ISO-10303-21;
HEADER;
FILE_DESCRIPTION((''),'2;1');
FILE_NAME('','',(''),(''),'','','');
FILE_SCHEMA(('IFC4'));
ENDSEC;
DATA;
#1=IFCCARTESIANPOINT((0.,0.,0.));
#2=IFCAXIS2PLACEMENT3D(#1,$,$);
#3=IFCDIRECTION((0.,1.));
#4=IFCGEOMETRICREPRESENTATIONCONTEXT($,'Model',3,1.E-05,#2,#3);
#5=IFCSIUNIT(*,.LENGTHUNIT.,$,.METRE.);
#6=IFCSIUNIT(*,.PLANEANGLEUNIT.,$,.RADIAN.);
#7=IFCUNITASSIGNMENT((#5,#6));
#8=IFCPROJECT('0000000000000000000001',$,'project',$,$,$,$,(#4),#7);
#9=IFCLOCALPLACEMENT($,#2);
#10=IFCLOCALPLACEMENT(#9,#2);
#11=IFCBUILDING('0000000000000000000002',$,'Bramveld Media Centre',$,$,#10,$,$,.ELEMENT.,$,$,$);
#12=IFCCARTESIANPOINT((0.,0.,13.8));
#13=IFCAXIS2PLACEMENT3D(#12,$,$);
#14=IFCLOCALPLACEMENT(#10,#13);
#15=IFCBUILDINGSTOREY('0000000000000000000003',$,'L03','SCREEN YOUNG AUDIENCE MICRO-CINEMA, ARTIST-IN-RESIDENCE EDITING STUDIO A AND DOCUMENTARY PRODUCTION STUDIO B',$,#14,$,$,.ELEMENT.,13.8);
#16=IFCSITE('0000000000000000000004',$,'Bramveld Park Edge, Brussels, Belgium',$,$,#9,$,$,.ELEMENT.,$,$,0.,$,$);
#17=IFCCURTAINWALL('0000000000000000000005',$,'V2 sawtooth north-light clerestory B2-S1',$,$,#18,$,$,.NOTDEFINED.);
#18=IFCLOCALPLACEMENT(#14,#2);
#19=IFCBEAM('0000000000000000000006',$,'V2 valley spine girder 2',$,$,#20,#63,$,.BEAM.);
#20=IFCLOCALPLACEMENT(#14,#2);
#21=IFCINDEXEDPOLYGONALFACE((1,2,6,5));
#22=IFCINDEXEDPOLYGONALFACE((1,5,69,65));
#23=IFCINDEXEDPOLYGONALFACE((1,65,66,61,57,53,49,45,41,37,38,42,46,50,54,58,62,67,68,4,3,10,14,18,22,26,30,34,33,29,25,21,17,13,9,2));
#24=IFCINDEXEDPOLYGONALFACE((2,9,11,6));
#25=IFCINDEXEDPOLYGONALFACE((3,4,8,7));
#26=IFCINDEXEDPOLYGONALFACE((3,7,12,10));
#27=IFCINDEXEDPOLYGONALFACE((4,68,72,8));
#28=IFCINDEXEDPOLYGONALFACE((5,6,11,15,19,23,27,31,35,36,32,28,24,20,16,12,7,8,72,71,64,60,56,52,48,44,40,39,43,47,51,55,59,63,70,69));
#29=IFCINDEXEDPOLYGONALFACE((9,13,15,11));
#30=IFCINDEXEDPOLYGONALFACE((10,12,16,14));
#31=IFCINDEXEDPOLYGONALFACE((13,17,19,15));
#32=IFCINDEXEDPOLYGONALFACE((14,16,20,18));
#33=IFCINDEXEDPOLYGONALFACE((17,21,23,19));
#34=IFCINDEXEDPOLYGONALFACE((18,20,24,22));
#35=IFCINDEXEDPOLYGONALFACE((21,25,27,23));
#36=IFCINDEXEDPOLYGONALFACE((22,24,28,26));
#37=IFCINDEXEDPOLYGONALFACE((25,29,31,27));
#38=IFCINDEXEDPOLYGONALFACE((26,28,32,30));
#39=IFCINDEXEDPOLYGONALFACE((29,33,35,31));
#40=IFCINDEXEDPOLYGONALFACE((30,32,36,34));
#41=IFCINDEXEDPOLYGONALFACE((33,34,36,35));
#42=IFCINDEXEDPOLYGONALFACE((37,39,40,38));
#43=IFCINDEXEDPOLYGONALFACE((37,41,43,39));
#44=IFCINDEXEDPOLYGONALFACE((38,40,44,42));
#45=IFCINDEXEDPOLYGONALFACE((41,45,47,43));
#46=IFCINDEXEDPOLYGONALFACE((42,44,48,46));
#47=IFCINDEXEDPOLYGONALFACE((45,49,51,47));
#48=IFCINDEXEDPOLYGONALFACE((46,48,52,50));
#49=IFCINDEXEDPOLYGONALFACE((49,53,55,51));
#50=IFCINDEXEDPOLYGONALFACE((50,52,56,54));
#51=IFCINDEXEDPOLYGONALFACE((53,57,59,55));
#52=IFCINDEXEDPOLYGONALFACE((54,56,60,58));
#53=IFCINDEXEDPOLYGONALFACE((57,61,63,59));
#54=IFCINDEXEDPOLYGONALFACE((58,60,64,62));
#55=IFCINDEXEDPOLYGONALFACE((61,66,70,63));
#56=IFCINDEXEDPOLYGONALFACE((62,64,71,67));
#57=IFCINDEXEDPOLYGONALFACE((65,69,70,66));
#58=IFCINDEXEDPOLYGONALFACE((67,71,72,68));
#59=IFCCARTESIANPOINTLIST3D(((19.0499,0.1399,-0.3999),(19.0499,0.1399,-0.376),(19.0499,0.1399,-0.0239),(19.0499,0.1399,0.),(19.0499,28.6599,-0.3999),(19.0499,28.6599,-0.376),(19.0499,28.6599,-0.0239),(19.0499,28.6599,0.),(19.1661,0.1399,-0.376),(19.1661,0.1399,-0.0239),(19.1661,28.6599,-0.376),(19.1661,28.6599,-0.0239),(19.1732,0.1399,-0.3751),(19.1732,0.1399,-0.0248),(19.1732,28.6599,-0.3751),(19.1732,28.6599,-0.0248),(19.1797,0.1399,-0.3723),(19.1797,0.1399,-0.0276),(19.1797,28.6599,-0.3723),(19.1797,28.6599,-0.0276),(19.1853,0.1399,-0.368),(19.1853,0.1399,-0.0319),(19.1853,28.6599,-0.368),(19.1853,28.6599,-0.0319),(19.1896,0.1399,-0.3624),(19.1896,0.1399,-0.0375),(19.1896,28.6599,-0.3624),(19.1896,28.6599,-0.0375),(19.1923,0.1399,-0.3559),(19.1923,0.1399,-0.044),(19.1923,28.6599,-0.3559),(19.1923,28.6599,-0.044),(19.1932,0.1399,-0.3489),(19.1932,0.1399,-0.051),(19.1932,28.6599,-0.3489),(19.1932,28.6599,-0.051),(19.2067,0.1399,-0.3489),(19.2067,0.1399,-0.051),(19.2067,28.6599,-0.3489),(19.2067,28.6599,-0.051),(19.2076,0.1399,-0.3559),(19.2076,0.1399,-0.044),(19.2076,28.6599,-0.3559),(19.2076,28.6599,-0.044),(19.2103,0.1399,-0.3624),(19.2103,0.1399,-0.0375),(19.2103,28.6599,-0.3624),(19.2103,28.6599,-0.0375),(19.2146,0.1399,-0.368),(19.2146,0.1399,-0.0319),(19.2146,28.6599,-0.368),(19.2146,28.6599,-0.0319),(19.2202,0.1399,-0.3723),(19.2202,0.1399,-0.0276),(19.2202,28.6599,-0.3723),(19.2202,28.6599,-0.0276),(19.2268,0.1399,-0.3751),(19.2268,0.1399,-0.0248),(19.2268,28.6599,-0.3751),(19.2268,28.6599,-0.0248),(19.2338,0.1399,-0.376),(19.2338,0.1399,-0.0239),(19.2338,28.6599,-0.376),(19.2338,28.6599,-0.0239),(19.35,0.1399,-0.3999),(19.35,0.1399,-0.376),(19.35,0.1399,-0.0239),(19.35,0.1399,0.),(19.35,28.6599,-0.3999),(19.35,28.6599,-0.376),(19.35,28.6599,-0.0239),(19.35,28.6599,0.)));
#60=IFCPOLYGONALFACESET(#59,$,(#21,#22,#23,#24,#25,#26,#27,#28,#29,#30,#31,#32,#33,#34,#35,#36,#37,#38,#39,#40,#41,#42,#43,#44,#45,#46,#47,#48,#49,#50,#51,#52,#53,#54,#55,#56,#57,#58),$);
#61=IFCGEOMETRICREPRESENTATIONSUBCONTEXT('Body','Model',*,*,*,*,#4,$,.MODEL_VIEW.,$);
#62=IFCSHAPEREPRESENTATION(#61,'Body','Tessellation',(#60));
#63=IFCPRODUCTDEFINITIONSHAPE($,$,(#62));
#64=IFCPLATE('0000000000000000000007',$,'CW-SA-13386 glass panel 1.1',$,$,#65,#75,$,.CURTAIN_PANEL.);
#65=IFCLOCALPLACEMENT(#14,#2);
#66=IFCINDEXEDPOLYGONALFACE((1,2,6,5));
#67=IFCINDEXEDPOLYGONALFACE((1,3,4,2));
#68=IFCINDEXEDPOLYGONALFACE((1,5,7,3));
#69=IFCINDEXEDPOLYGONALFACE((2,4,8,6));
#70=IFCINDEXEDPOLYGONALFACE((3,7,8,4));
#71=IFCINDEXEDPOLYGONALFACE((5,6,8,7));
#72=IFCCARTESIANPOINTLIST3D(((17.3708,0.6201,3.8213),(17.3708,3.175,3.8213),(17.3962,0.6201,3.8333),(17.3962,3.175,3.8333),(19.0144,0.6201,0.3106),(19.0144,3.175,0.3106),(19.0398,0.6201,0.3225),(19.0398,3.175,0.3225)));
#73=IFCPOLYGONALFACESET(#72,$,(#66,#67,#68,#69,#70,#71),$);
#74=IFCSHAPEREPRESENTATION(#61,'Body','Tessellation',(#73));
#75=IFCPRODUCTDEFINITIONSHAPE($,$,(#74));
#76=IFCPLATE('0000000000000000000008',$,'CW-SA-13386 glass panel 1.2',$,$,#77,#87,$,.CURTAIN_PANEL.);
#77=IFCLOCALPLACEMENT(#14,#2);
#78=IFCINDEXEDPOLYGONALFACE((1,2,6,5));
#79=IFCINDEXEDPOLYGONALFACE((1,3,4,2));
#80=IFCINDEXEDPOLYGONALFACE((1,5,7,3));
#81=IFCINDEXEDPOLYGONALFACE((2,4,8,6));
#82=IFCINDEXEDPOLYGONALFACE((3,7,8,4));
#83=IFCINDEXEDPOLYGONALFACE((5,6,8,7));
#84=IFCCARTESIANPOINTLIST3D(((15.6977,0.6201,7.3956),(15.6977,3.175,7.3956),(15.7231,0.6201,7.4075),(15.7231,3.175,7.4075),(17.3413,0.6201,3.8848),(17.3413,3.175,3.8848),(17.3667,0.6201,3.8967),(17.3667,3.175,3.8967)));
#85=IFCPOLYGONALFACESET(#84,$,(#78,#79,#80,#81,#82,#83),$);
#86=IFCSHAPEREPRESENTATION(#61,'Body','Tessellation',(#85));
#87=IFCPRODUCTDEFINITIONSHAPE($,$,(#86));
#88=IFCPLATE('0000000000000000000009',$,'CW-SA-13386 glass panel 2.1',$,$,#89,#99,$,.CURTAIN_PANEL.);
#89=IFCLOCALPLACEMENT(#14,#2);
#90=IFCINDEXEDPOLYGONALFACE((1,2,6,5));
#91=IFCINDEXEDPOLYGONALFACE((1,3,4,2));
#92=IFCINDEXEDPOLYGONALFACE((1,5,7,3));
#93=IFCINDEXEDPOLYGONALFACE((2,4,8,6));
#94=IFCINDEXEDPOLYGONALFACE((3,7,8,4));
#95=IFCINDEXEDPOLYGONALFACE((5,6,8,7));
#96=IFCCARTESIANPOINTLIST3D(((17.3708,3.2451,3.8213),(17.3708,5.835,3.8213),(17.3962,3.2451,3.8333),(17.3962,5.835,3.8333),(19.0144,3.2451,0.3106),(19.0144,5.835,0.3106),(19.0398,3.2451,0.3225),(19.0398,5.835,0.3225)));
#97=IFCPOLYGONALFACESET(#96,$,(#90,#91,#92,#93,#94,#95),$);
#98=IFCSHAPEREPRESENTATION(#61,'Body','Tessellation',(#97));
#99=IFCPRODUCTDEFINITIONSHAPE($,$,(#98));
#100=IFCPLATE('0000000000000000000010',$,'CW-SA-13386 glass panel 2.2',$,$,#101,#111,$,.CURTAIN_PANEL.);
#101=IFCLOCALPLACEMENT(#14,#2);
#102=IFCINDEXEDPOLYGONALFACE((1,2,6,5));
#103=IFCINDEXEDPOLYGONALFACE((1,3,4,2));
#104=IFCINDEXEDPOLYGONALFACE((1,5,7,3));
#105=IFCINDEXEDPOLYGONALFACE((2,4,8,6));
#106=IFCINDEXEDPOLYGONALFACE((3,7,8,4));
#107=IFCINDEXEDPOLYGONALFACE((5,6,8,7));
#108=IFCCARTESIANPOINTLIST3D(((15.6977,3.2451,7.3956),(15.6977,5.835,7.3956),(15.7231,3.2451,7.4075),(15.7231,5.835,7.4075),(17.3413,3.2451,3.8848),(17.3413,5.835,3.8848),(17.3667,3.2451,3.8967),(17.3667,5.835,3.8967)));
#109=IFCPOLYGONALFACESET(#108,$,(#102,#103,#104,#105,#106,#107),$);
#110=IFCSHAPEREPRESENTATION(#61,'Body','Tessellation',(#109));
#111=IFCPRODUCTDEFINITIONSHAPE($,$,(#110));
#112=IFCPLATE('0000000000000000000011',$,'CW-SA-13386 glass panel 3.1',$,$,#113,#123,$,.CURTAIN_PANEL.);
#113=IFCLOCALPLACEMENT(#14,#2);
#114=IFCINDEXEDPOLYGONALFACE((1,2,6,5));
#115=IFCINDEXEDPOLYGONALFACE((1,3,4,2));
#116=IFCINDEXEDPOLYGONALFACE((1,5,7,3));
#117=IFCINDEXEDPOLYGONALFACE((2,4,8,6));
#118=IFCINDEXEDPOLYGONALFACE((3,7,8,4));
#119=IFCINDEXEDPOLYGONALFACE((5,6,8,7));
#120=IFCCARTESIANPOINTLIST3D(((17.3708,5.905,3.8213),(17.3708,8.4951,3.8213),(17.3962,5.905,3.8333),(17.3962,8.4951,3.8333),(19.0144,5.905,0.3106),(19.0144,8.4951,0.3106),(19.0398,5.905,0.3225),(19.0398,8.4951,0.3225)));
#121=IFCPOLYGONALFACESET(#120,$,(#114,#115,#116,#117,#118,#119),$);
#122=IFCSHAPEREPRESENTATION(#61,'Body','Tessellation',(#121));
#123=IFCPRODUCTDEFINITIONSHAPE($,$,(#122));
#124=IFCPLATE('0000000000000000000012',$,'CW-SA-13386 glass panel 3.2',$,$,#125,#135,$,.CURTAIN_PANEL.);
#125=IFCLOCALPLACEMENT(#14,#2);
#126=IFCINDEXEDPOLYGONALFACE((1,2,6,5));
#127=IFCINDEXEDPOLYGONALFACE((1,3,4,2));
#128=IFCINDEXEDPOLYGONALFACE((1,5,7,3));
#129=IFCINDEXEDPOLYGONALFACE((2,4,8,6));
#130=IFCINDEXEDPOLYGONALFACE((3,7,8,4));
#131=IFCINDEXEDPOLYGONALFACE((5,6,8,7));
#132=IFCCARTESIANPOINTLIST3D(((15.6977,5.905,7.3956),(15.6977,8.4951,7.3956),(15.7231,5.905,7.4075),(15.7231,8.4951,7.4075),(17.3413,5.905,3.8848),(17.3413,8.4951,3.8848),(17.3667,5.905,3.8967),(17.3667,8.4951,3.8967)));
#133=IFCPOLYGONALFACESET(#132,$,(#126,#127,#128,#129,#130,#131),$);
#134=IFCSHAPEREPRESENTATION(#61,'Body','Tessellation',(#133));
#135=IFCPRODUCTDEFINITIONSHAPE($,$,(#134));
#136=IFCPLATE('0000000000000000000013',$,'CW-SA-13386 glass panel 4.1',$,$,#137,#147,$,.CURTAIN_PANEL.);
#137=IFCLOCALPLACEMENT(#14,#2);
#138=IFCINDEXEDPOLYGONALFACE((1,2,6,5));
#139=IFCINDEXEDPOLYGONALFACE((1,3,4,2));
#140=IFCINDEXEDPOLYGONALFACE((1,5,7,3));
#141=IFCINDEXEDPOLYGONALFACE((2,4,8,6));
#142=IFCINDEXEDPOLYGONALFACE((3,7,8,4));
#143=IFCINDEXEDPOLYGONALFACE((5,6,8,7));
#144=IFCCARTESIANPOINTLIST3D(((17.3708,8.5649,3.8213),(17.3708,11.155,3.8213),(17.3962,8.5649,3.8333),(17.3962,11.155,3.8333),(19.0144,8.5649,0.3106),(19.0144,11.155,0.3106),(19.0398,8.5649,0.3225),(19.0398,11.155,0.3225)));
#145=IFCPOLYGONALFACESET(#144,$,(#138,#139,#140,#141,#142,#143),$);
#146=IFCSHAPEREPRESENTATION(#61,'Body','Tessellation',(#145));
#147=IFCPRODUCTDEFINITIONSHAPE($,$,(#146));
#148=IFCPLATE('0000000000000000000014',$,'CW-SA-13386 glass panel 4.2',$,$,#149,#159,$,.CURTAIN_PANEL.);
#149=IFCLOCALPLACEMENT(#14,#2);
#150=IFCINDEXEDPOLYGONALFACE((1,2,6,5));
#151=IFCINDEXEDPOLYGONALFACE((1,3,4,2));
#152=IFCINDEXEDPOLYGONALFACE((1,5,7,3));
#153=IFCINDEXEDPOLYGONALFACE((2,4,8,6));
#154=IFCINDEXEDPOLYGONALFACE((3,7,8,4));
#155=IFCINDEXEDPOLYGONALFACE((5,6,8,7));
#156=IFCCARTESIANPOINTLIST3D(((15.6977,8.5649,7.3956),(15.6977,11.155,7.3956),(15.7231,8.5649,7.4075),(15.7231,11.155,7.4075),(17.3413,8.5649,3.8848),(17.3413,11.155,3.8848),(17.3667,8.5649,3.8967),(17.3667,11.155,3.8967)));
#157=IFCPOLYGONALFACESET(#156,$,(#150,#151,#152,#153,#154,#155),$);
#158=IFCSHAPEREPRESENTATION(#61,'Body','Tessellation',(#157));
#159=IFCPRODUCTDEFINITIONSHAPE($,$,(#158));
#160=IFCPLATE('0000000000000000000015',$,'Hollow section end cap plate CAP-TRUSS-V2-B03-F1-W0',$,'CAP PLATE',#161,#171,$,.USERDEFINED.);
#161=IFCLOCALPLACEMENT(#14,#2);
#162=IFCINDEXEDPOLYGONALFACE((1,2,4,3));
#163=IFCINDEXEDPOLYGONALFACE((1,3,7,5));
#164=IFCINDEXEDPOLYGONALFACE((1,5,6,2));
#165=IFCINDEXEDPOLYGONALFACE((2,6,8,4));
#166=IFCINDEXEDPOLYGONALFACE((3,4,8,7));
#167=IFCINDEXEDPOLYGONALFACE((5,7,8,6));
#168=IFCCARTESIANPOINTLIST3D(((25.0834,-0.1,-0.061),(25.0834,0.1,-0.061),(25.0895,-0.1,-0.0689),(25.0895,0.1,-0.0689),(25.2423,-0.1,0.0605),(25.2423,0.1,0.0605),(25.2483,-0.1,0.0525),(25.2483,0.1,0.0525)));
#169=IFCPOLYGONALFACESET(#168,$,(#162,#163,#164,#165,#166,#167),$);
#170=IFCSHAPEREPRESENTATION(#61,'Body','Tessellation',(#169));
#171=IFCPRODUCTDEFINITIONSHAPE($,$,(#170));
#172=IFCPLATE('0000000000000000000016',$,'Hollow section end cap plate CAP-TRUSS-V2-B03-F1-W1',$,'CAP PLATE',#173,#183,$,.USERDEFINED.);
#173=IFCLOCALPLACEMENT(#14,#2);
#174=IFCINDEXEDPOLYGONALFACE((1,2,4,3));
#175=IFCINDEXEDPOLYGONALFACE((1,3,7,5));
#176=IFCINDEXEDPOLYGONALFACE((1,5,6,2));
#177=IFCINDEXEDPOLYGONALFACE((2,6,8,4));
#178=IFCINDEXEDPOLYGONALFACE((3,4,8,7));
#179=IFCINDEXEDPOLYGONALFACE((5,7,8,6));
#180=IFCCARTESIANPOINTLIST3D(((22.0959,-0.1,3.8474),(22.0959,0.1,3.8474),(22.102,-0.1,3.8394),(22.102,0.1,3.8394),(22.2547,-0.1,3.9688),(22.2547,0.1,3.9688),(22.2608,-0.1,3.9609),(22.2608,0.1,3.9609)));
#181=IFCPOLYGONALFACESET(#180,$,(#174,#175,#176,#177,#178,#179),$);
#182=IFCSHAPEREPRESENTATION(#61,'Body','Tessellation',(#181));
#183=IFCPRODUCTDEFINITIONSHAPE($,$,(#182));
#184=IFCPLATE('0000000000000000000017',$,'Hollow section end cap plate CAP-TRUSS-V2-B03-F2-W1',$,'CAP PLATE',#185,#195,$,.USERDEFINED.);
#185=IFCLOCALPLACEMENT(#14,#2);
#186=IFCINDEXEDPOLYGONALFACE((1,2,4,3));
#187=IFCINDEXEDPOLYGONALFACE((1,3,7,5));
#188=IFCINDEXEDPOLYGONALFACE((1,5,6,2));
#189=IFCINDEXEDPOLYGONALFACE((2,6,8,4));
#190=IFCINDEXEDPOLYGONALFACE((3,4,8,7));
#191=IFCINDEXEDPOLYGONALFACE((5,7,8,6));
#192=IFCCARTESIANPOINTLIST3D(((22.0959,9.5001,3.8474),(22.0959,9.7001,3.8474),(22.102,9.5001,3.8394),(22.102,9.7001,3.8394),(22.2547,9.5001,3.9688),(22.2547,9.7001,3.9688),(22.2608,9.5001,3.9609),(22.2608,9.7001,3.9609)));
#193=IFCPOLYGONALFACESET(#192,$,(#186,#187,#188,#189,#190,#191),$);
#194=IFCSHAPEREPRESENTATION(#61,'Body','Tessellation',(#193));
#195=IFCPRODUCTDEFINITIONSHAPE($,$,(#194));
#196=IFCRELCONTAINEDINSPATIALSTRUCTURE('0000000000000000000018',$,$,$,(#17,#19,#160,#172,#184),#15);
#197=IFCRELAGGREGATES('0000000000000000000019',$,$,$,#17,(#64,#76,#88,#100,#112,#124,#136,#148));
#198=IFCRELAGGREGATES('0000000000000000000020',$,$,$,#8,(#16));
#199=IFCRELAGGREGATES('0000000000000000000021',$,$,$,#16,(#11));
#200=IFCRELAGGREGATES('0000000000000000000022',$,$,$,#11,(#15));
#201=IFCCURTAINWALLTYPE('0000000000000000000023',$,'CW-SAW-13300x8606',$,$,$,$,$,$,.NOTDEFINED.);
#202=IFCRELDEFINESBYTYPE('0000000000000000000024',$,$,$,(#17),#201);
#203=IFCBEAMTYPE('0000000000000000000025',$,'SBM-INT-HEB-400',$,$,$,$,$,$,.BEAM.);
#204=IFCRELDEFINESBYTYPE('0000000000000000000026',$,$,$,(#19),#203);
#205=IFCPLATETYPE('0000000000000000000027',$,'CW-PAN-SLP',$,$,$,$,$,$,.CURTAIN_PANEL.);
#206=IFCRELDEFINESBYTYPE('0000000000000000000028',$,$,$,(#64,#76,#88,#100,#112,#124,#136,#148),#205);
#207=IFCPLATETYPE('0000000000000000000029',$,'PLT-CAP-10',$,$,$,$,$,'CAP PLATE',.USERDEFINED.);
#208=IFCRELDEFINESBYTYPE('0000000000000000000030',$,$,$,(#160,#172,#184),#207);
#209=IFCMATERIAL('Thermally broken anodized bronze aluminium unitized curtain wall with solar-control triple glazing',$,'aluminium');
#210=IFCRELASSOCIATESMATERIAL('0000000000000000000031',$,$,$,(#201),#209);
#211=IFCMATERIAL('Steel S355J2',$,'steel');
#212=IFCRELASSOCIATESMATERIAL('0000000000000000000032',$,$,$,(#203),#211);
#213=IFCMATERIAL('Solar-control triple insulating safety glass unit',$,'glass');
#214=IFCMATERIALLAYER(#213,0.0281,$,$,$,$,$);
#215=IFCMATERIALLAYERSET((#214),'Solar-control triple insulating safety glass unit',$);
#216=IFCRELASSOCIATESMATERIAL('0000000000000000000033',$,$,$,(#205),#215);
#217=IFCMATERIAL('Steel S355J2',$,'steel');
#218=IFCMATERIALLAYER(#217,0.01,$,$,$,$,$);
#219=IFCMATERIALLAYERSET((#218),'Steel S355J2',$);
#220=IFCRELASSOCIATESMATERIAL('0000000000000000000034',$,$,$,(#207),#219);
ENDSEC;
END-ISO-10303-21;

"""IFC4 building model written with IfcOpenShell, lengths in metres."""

from ifc_helpers import new_model, si_unit, direction, frame, origin, origin_2d, place, context, subcontext, project, spatial, polyline, rectangle, i_section, outline, extrude, material, layer, layer_set, material_profile, profile_set, type_object, element, aggregate, save


model = new_model("IFC4")

# Units and contexts
model_context = context("Model", 3, precision=1e-05, world=origin(), true_north=direction((0.0, 1.0)))
body_context = subcontext(model_context, "Body", "Model", "MODEL_VIEW")
ifc_project = project(units=[si_unit("LENGTHUNIT", "METRE"), si_unit("PLANEANGLEUNIT", "RADIAN")], contexts=[model_context])

# Site, building, storey
site_placement = place(None, origin())
site = spatial("IfcSite", under=ifc_project, at=site_placement, Name="Bramveld Park Edge, Brussels, Belgium", CompositionType="ELEMENT", RefElevation=0.0)
building_placement = place(site_placement, origin())
building = spatial("IfcBuilding", under=site, at=building_placement, Name="Bramveld Media Centre", CompositionType="ELEMENT")
storey_placement = place(building_placement, frame((0.0, 0.0, 13.8)))
storey = spatial("IfcBuildingStorey", under=building, at=storey_placement, Name="L03", Description="SCREEN YOUNG AUDIENCE MICRO-CINEMA, ARTIST-IN-RESIDENCE EDITING STUDIO A AND DOCUMENTARY PRODUCTION STUDIO B", CompositionType="ELEMENT", Elevation=13.8)

# Curtain wall
ifc_material_1 = material(Name="Thermally broken anodized bronze aluminium unitized curtain wall with solar-control triple glazing", Category="aluminium")
curtain_wall_type = type_object("IfcCurtainWallType", Name="CW-SAW-13300x8606", PredefinedType="NOTDEFINED", material=ifc_material_1)
curtain_wall_placement = place(storey_placement, origin())
curtain_wall = element("IfcCurtainWall", 1, at=curtain_wall_placement, inside=storey, type_object=curtain_wall_type, Name="V2 sawtooth north-light clerestory B2-S1", PredefinedType="NOTDEFINED")

# Beam
ifc_material_2 = material(Name="Steel S355J2", Category="steel")
ifc_material_profile_1 = material_profile(ifc_material_2, i_section(OverallWidth=0.3, OverallDepth=0.3999, WebThickness=0.0134, FlangeThickness=0.0239, FilletRadius=0.0271, at=origin_2d()), Name="HEB 400")
ifc_profile_set_1 = profile_set([ifc_material_profile_1], Name="Steel S355J2")
beam_type_1 = type_object("IfcBeamType", Name="SBM-INT-HEB-400", PredefinedType="BEAM", material=ifc_profile_set_1)
beam_1_placement = place(storey_placement, frame((19.2, 0.1399, -0.2), z_axis=(0.0, 1.0, 0.0), x_axis=(-1.0, 0.0, 0.0)))
element("IfcBeam", 2, at=beam_1_placement, inside=storey, type_object=beam_type_1, Name="V2 valley spine girder 2", PredefinedType="BEAM", context=body_context, shape_type="SweptSolid", body=[
    extrude(i_section(OverallWidth=0.3, OverallDepth=0.3999, WebThickness=0.0134, FlangeThickness=0.0239, FilletRadius=0.0271, at=origin_2d()), origin(), (0.0, 0.0, 1.0), 28.52),
])

# Plates
ifc_material_3 = material(Name="Solar-control triple insulating safety glass unit", Category="glass")
ifc_layer_1 = layer(ifc_material_3, 0.0281)
ifc_layer_set_1 = layer_set([ifc_layer_1], Name="Solar-control triple insulating safety glass unit")
plate_type_1 = type_object("IfcPlateType", Name="CW-PAN-SLP", PredefinedType="CURTAIN_PANEL", material=ifc_layer_set_1)
plate_1_placement = place(storey_placement, frame((19.0398, 0.6201, 0.3225), z_axis=(0.905668, 0.0, 0.423988), x_axis=(0.0, 1.0, 0.0)))
plate_1 = element("IfcPlate", 3, at=plate_1_placement, type_object=plate_type_1, Name="CW-SA-13386 glass panel 1.1", PredefinedType="CURTAIN_PANEL", context=body_context, shape_type="SweptSolid", body=[
    extrude(outline(polyline([(0.0, 0.0), (2.5549, 0.0), (2.5549, 3.8764), (0.0, 3.8764), (0.0, 0.0)])), origin(), (0.0, 0.0, -1.0), 0.0281),
])
plate_2_placement = place(storey_placement, frame((17.3667, 0.6201, 3.8967), z_axis=(0.905668, 0.0, 0.423988), x_axis=(0.0, 1.0, 0.0)))
plate_2 = element("IfcPlate", 4, at=plate_2_placement, type_object=plate_type_1, Name="CW-SA-13386 glass panel 1.2", PredefinedType="CURTAIN_PANEL", context=body_context, shape_type="SweptSolid", body=[
    extrude(outline(polyline([(0.0, 0.0), (2.5549, 0.0), (2.5549, 3.8764), (0.0, 3.8764), (0.0, 0.0)])), origin(), (0.0, 0.0, -1.0), 0.0281),
])
plate_3_placement = place(storey_placement, frame((19.0398, 3.2451, 0.3225), z_axis=(0.905668, 0.0, 0.423988), x_axis=(0.0, 1.0, 0.0)))
plate_3 = element("IfcPlate", 5, at=plate_3_placement, type_object=plate_type_1, Name="CW-SA-13386 glass panel 2.1", PredefinedType="CURTAIN_PANEL", context=body_context, shape_type="SweptSolid", body=[
    extrude(outline(polyline([(0.0, 0.0), (2.5898, 0.0), (2.5898, 3.8764), (0.0, 3.8764), (0.0, 0.0)])), origin(), (0.0, 0.0, -1.0), 0.0281),
])
plate_4_placement = place(storey_placement, frame((17.3667, 3.2451, 3.8967), z_axis=(0.905668, 0.0, 0.423988), x_axis=(0.0, 1.0, 0.0)))
plate_4 = element("IfcPlate", 6, at=plate_4_placement, type_object=plate_type_1, Name="CW-SA-13386 glass panel 2.2", PredefinedType="CURTAIN_PANEL", context=body_context, shape_type="SweptSolid", body=[
    extrude(outline(polyline([(0.0, 0.0), (2.5898, 0.0), (2.5898, 3.8764), (0.0, 3.8764), (0.0, 0.0)])), origin(), (0.0, 0.0, -1.0), 0.0281),
])
plate_5_placement = place(storey_placement, frame((19.0398, 5.905, 0.3225), z_axis=(0.905668, 0.0, 0.423988), x_axis=(0.0, 1.0, 0.0)))
plate_5 = element("IfcPlate", 7, at=plate_5_placement, type_object=plate_type_1, Name="CW-SA-13386 glass panel 3.1", PredefinedType="CURTAIN_PANEL", context=body_context, shape_type="SweptSolid", body=[
    extrude(outline(polyline([(0.0, 0.0), (2.5901, 0.0), (2.5901, 3.8764), (0.0, 3.8764), (0.0, 0.0)])), origin(), (0.0, 0.0, -1.0), 0.0281),
])
plate_6_placement = place(storey_placement, frame((17.3667, 5.905, 3.8967), z_axis=(0.905668, 0.0, 0.423988), x_axis=(0.0, 1.0, 0.0)))
plate_6 = element("IfcPlate", 8, at=plate_6_placement, type_object=plate_type_1, Name="CW-SA-13386 glass panel 3.2", PredefinedType="CURTAIN_PANEL", context=body_context, shape_type="SweptSolid", body=[
    extrude(outline(polyline([(0.0, 0.0), (2.5901, 0.0), (2.5901, 3.8764), (0.0, 3.8764), (0.0, 0.0)])), origin(), (0.0, 0.0, -1.0), 0.0281),
])
plate_7_placement = place(storey_placement, frame((19.0398, 8.5649, 0.3225), z_axis=(0.905668, 0.0, 0.423988), x_axis=(0.0, 1.0, 0.0)))
plate_7 = element("IfcPlate", 9, at=plate_7_placement, type_object=plate_type_1, Name="CW-SA-13386 glass panel 4.1", PredefinedType="CURTAIN_PANEL", context=body_context, shape_type="SweptSolid", body=[
    extrude(outline(polyline([(0.0, 0.0), (2.5901, 0.0), (2.5901, 3.8764), (0.0, 3.8764), (0.0, 0.0)])), origin(), (0.0, 0.0, -1.0), 0.0281),
])
plate_8_placement = place(storey_placement, frame((17.3667, 8.5649, 3.8967), z_axis=(0.905668, 0.0, 0.423988), x_axis=(0.0, 1.0, 0.0)))
plate_8 = element("IfcPlate", 10, at=plate_8_placement, type_object=plate_type_1, Name="CW-SA-13386 glass panel 4.2", PredefinedType="CURTAIN_PANEL", context=body_context, shape_type="SweptSolid", body=[
    extrude(outline(polyline([(0.0, 0.0), (2.5901, 0.0), (2.5901, 3.8764), (0.0, 3.8764), (0.0, 0.0)])), origin(), (0.0, 0.0, -1.0), 0.0281),
])
aggregate(curtain_wall, [plate_1, plate_2, plate_3, plate_4, plate_5, plate_6, plate_7, plate_8])

# Plates
ifc_material_4 = material(Name="Steel S355J2", Category="steel")
ifc_layer_2 = layer(ifc_material_4, 0.01)
ifc_layer_set_2 = layer_set([ifc_layer_2], Name="Steel S355J2")
plate_type_2 = type_object("IfcPlateType", Name="PLT-CAP-10", ElementType="CAP PLATE", PredefinedType="USERDEFINED", material=ifc_layer_set_2)
for number, where, z_axis, x_axis, name in (
    (11, (25.1628, 0.0, -0.0002), (0.607328, 0.0, -0.794451), (0.0, 1.0, 0.0), "Hollow section end cap plate CAP-TRUSS-V2-B03-F1-W0"),
    (12, (22.1814, 0.0, 3.9001), (-0.607328, 0.0, 0.794451), (0.0, -1.0, 0.0), "Hollow section end cap plate CAP-TRUSS-V2-B03-F1-W1"),
    (13, (22.1814, 9.6001, 3.9001), (-0.607328, 0.0, 0.794451), (0.0, -1.0, 0.0), "Hollow section end cap plate CAP-TRUSS-V2-B03-F2-W1"),
):
    element("IfcPlate", number, at=place(storey_placement, frame(where, z_axis=z_axis, x_axis=x_axis)), inside=storey, type_object=plate_type_2, Name=name, ObjectType="CAP PLATE", PredefinedType="USERDEFINED", context=body_context, shape_type="SweptSolid", body=[
        extrude(rectangle(XDim=0.2, YDim=0.2, at=origin_2d()), origin(), (0.0, 0.0, 1.0), 0.01),
    ])

save(model, "model.ifc")
